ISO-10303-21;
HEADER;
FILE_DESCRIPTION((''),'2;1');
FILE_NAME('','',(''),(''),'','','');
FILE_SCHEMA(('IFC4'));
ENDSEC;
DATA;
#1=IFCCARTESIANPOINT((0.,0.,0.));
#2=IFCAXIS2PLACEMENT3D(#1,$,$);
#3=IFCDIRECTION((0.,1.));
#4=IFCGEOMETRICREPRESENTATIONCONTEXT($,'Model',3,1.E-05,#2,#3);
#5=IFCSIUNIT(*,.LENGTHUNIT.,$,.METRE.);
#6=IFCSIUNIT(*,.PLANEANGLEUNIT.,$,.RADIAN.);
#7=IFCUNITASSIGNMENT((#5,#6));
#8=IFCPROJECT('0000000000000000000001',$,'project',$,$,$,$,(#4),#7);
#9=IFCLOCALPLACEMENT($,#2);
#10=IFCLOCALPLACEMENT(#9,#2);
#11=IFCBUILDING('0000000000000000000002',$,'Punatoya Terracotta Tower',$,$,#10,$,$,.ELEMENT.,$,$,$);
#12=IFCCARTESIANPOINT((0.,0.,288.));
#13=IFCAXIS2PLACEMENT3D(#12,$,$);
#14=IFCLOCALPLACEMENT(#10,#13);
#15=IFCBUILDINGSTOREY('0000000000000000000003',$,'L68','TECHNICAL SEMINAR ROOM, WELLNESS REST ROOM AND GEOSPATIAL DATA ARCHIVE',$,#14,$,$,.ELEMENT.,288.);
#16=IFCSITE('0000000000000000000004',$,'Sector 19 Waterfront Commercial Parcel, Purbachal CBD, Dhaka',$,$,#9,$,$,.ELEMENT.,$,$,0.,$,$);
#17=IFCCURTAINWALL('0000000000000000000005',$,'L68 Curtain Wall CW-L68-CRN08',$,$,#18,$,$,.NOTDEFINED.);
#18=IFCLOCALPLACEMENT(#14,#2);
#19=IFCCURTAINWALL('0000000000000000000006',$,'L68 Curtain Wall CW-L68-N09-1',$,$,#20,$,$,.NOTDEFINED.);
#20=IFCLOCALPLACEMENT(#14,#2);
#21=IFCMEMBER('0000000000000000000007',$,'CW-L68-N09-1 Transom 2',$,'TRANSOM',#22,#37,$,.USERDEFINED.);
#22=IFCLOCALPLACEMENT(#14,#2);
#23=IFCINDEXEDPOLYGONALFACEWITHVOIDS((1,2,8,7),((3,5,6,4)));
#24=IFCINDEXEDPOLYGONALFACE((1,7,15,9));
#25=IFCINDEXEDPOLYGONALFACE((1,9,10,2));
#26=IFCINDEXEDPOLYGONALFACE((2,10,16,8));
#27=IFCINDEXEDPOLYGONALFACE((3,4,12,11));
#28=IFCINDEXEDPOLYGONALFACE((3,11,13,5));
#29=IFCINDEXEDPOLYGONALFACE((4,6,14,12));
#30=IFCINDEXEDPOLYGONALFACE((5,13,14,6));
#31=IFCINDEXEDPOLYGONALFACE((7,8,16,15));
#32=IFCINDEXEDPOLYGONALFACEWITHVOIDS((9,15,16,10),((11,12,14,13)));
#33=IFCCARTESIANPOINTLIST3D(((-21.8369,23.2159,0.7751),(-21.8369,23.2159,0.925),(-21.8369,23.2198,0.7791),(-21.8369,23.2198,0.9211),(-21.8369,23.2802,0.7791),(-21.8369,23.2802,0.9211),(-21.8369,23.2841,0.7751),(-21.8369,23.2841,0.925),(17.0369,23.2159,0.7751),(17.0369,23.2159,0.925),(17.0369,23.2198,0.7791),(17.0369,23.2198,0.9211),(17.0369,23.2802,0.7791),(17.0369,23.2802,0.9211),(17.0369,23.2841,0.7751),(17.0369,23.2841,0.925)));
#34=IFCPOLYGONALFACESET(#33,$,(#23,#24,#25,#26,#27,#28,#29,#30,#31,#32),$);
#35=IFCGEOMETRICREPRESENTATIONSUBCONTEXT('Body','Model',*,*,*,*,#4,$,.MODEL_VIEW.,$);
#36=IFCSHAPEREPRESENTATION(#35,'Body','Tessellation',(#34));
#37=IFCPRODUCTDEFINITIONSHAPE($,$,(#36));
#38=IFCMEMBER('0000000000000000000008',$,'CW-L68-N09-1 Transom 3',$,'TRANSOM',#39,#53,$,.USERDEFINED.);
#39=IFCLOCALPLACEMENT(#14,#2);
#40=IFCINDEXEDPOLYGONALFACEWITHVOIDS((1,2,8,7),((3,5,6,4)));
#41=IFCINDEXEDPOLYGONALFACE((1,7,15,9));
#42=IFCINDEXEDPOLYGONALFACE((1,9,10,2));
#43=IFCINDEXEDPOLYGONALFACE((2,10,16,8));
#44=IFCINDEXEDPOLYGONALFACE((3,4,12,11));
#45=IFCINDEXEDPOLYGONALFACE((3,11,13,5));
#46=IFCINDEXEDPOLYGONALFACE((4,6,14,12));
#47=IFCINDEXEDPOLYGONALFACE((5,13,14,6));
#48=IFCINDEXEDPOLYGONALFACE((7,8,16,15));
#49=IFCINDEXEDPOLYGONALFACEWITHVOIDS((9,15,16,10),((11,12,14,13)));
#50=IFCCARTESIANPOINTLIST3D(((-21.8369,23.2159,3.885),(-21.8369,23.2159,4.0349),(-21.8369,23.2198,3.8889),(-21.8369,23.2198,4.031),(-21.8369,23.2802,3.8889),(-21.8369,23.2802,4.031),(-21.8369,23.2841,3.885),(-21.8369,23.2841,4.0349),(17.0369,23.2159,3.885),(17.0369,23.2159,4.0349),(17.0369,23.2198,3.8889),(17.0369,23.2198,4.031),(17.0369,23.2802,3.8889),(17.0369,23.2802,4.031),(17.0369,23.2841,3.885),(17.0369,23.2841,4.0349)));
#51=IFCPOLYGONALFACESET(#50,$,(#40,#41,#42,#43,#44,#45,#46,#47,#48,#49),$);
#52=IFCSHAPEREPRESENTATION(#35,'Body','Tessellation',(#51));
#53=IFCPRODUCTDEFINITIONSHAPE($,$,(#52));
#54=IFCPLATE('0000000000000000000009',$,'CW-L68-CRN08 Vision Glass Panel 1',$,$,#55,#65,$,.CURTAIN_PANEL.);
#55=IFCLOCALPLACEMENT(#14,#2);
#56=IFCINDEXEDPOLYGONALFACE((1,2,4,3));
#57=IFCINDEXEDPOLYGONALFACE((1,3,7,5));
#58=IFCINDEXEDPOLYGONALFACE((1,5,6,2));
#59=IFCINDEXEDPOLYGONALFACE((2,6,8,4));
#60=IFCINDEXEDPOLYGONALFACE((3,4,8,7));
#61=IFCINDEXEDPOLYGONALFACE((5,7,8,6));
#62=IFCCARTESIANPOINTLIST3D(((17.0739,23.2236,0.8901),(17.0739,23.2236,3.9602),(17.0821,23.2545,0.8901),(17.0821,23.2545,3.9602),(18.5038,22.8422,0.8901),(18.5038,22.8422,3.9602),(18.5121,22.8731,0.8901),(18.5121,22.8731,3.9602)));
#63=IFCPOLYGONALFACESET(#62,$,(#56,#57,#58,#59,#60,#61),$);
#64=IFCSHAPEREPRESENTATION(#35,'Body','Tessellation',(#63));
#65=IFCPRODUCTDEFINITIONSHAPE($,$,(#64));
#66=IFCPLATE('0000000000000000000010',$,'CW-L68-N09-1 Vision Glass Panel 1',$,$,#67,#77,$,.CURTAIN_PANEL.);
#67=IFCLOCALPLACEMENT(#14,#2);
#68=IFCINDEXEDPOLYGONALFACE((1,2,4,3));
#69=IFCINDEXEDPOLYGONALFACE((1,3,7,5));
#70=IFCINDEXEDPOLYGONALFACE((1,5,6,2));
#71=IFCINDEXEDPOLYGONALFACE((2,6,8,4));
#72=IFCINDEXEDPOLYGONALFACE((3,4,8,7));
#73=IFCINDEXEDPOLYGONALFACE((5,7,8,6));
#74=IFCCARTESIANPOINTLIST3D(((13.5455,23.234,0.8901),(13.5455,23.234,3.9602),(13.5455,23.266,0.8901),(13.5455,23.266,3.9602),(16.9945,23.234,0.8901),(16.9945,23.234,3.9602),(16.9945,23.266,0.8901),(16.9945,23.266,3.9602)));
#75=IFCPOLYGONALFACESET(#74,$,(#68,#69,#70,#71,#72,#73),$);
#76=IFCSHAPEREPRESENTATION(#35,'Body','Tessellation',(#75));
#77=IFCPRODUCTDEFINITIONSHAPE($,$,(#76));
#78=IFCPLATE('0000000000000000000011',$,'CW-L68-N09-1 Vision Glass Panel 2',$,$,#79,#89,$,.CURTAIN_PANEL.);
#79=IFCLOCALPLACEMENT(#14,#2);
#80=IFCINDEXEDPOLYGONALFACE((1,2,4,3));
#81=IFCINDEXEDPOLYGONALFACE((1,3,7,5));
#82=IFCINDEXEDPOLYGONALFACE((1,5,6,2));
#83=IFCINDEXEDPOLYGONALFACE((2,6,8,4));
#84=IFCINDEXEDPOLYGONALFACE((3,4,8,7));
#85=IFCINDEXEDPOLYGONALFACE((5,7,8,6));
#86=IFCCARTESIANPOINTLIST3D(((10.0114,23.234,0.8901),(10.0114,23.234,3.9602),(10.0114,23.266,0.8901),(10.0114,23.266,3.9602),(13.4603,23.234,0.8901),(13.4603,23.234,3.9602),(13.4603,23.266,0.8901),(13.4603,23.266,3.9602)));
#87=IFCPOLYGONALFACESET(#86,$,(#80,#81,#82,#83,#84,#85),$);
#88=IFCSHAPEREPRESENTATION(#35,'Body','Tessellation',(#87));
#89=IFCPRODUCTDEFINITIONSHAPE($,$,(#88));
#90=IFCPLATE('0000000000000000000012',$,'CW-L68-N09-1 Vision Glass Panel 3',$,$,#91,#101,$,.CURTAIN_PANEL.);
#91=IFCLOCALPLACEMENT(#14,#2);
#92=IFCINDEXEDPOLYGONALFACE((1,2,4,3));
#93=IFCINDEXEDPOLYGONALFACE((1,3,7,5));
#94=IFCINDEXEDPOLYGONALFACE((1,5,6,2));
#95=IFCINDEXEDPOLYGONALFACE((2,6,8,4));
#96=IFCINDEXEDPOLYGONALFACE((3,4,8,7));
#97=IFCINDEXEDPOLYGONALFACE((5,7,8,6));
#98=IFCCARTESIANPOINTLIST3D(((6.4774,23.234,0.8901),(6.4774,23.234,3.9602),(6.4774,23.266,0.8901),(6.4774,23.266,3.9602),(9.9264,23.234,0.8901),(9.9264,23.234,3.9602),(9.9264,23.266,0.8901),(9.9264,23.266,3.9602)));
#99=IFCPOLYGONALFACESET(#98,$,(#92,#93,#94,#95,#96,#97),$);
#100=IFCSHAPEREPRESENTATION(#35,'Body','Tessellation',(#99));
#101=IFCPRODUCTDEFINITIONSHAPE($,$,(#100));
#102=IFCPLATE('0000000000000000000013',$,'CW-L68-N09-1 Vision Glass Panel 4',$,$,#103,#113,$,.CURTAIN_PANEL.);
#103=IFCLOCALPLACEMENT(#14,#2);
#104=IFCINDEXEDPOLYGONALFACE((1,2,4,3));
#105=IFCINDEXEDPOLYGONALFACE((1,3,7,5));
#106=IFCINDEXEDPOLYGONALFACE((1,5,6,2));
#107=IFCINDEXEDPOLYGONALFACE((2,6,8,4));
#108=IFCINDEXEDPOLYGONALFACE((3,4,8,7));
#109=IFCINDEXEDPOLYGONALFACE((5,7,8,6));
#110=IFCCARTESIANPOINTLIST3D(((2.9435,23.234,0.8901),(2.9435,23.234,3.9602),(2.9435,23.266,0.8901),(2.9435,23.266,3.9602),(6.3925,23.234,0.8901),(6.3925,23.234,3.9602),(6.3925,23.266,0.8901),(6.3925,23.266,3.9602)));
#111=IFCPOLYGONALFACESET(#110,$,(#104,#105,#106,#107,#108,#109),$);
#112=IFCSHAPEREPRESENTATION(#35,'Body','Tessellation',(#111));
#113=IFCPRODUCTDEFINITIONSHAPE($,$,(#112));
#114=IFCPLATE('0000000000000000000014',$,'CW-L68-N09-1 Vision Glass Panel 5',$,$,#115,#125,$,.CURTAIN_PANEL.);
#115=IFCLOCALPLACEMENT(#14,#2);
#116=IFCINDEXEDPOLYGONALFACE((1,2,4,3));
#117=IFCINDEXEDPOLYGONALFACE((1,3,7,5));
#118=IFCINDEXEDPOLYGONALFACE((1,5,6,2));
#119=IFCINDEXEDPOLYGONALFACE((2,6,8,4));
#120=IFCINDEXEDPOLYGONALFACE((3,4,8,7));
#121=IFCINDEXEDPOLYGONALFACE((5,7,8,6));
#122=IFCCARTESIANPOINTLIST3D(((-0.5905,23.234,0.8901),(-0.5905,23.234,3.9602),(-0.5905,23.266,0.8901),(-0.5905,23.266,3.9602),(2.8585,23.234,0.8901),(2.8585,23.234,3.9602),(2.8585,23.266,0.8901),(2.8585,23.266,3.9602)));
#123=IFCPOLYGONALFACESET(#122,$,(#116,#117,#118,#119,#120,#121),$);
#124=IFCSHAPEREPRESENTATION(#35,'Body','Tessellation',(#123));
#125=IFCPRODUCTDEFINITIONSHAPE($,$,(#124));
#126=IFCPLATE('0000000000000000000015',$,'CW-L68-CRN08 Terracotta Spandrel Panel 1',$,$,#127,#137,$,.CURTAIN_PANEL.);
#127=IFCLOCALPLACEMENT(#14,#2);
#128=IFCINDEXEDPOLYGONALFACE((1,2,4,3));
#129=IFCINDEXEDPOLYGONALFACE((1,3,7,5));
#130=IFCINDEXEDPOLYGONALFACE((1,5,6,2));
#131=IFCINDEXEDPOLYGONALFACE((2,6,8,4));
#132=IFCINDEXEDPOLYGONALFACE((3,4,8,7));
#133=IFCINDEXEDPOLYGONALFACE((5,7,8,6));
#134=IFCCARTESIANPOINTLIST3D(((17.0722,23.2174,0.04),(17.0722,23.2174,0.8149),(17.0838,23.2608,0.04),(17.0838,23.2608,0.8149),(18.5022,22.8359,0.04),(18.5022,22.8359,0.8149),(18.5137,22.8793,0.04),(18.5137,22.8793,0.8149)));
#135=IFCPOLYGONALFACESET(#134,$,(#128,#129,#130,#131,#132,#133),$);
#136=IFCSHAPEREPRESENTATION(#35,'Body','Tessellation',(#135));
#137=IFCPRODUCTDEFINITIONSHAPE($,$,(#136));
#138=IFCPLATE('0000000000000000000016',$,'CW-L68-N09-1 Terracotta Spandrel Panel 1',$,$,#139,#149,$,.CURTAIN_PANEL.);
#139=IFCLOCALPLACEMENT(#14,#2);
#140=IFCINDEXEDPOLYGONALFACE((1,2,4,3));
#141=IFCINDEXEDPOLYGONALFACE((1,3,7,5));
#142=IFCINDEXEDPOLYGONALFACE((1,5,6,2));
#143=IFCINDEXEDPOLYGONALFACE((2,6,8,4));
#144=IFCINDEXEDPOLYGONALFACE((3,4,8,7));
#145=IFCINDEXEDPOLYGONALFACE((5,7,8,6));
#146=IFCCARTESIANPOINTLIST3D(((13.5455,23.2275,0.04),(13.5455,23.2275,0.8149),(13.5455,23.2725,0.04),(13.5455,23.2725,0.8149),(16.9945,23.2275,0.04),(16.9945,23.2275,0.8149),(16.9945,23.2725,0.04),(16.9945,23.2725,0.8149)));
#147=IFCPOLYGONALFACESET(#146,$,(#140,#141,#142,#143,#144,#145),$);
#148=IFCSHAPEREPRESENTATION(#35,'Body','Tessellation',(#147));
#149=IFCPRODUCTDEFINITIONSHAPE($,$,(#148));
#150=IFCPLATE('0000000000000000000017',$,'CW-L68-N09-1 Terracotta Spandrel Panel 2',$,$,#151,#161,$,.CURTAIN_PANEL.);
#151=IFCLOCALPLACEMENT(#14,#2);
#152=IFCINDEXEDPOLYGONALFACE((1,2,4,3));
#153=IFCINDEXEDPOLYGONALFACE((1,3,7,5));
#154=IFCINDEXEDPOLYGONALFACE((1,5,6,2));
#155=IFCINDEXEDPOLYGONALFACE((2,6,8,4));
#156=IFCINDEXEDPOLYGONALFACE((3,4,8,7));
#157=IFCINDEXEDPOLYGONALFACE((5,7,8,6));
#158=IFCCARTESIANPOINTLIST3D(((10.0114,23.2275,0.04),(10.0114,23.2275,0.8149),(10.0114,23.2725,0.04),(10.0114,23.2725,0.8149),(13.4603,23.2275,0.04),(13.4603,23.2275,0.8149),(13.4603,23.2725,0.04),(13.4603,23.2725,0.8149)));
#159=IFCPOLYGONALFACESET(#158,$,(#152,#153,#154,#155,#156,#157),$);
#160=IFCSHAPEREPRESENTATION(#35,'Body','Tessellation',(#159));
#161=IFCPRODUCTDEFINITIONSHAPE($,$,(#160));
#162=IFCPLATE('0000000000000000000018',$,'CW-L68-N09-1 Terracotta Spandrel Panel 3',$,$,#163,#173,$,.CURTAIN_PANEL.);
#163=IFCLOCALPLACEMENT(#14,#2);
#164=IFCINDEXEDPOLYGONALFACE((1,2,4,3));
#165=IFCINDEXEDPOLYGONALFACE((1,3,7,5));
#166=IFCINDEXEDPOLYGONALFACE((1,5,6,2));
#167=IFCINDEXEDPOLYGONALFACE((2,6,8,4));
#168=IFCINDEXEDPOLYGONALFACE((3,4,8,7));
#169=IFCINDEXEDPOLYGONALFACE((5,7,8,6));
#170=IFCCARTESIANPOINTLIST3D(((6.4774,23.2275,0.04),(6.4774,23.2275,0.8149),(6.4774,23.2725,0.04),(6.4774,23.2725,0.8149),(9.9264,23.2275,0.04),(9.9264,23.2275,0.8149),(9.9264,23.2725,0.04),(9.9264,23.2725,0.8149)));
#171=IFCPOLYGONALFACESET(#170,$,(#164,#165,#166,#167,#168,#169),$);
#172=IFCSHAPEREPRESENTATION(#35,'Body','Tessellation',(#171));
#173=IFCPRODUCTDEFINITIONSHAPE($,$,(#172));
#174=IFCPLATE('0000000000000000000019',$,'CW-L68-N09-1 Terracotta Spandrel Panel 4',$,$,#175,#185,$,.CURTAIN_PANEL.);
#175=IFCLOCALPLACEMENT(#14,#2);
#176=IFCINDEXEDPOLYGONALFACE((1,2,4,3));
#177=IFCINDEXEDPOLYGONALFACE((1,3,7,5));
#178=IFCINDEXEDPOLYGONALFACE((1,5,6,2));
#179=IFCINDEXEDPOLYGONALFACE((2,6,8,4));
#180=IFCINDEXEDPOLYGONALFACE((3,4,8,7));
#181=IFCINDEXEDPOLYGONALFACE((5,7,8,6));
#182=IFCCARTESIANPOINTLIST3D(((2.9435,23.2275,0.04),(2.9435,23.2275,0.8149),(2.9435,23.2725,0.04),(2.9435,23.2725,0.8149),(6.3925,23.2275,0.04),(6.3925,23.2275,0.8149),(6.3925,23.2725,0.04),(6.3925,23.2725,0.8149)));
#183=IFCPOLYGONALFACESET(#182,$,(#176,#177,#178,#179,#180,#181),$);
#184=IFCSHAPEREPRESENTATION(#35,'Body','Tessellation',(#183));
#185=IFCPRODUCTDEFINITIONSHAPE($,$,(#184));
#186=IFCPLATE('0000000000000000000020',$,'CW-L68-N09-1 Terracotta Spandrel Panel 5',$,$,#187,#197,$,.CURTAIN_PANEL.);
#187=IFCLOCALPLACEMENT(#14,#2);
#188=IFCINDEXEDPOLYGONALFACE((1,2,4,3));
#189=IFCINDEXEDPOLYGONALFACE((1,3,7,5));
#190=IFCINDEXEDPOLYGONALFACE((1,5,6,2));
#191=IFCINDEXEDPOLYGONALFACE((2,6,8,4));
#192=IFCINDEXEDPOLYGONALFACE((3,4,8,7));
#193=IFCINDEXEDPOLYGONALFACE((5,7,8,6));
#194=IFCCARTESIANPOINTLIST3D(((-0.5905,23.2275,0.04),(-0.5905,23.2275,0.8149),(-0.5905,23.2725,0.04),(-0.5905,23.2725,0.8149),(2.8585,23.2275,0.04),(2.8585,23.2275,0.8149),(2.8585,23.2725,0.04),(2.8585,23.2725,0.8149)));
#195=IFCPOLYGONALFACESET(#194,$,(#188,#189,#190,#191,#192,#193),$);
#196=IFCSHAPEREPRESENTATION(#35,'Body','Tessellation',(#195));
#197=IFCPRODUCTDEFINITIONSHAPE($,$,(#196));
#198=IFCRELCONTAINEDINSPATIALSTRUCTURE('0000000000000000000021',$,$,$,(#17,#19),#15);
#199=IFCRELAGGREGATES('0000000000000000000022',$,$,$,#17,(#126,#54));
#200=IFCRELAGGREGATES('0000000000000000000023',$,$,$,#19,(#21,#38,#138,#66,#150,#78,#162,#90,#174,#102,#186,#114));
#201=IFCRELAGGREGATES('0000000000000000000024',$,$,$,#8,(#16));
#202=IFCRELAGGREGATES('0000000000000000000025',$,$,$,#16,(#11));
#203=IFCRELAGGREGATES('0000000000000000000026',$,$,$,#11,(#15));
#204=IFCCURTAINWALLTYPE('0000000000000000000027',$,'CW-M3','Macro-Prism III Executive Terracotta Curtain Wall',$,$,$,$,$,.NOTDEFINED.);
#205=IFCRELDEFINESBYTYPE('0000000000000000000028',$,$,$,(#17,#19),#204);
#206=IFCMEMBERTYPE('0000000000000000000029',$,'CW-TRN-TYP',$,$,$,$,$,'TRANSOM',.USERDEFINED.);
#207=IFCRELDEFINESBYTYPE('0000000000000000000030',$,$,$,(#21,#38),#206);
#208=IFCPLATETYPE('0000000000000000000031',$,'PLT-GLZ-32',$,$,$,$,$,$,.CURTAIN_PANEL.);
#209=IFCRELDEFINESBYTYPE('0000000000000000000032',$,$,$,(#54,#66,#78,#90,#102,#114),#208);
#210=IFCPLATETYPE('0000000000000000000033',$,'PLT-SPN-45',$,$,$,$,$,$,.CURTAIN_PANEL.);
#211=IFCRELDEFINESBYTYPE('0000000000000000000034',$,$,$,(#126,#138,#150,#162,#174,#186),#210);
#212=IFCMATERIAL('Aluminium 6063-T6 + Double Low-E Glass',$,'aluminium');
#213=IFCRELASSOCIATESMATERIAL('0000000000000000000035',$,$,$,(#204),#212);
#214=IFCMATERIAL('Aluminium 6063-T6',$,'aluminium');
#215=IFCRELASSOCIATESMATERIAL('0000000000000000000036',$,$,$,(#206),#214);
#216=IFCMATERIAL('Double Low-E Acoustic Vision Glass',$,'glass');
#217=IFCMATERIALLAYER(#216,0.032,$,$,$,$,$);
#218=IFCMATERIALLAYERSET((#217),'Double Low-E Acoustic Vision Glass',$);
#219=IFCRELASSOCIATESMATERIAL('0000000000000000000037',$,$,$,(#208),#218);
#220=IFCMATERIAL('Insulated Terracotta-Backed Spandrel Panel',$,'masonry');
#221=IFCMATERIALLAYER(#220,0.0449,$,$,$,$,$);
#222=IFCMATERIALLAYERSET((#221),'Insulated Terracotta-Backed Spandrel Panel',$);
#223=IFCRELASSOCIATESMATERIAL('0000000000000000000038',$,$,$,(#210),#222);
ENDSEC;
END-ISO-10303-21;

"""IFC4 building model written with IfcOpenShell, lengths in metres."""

from ifc_helpers import new_model, si_unit, direction, frame, origin, origin_2d, place, context, subcontext, project, spatial, rectangle, hollow_rectangle, extrude, material, layer, layer_set, material_profile, profile_set, type_object, element, aggregate, save


model = new_model("IFC4")

# Units and contexts
model_context = context("Model", 3, precision=1e-05, world=origin(), true_north=direction((0.0, 1.0)))
body_context = subcontext(model_context, "Body", "Model", "MODEL_VIEW")
ifc_project = project(units=[si_unit("LENGTHUNIT", "METRE"), si_unit("PLANEANGLEUNIT", "RADIAN")], contexts=[model_context])

# Site, building, storey
site_placement = place(None, origin())
site = spatial("IfcSite", under=ifc_project, at=site_placement, Name="Sector 19 Waterfront Commercial Parcel, Purbachal CBD, Dhaka", CompositionType="ELEMENT", RefElevation=0.0)
building_placement = place(site_placement, origin())
building = spatial("IfcBuilding", under=site, at=building_placement, Name="Punatoya Terracotta Tower", CompositionType="ELEMENT")
storey_placement = place(building_placement, frame((0.0, 0.0, 288.0)))
storey = spatial("IfcBuildingStorey", under=building, at=storey_placement, Name="L68", Description="TECHNICAL SEMINAR ROOM, WELLNESS REST ROOM AND GEOSPATIAL DATA ARCHIVE", CompositionType="ELEMENT", Elevation=288.0)

# Curtain wall
ifc_material_1 = material(Name="Aluminium 6063-T6 + Double Low-E Glass", Category="aluminium")
curtain_wall_type = type_object("IfcCurtainWallType", Name="CW-M3", Description="Macro-Prism III Executive Terracotta Curtain Wall", PredefinedType="NOTDEFINED", material=ifc_material_1)
curtain_wall_1_placement = place(storey_placement, origin())
curtain_wall_1 = element("IfcCurtainWall", 1, at=curtain_wall_1_placement, inside=storey, type_object=curtain_wall_type, Name="L68 Curtain Wall CW-L68-CRN08", PredefinedType="NOTDEFINED")
ifc_material_2 = material(Name="Aluminium 6063-T6", Category="aluminium")

# Curtain wall, members
curtain_wall_2_placement = place(storey_placement, origin())
curtain_wall_2 = element("IfcCurtainWall", 2, at=curtain_wall_2_placement, inside=storey, type_object=curtain_wall_type, Name="L68 Curtain Wall CW-L68-N09-1", PredefinedType="NOTDEFINED")
ifc_material_profile_1 = material_profile(ifc_material_2, hollow_rectangle(XDim=0.0681, YDim=0.1499, WallThickness=0.0039, at=origin_2d()))
ifc_profile_set_1 = profile_set([ifc_material_profile_1], Name="Aluminium 6063-T6")
member_type_1 = type_object("IfcMemberType", Name="CW-TRN-TYP", ElementType="TRANSOM", PredefinedType="USERDEFINED", material=ifc_profile_set_1)
member_1_placement = place(storey_placement, frame((17.0369, 23.25, 0.8501), z_axis=(-1.0, 0.0, 0.0), x_axis=(0.0, -1.0, 0.0)))
member_1 = element("IfcMember", 3, at=member_1_placement, type_object=member_type_1, Name="CW-L68-N09-1 Transom 2", ObjectType="TRANSOM", PredefinedType="USERDEFINED", context=body_context, shape_type="SweptSolid", body=[
    extrude(hollow_rectangle(XDim=0.0681, YDim=0.1499, WallThickness=0.0039, at=origin_2d()), origin(), (0.0, 0.0, 1.0), 38.8738),
])
member_2_placement = place(storey_placement, frame((17.0369, 23.25, 3.96), z_axis=(-1.0, 0.0, 0.0), x_axis=(0.0, -1.0, 0.0)))
member_2 = element("IfcMember", 4, at=member_2_placement, type_object=member_type_1, Name="CW-L68-N09-1 Transom 3", ObjectType="TRANSOM", PredefinedType="USERDEFINED", context=body_context, shape_type="SweptSolid", body=[
    extrude(hollow_rectangle(XDim=0.0681, YDim=0.1499, WallThickness=0.0039, at=origin_2d()), origin(), (0.0, 0.0, 1.0), 38.8738),
])

# Plates
ifc_material_3 = material(Name="Double Low-E Acoustic Vision Glass", Category="glass")
ifc_layer_1 = layer(ifc_material_3, 0.032)
ifc_layer_set_1 = layer_set([ifc_layer_1], Name="Double Low-E Acoustic Vision Glass")
plate_type_1 = type_object("IfcPlateType", Name="PLT-GLZ-32", PredefinedType="CURTAIN_PANEL", material=ifc_layer_set_1)
plate_1_placement = place(storey_placement, frame((17.793, 23.0483, 0.8901), z_axis=(0.0, 0.0, 1.0), x_axis=(-0.966214, 0.257742, 0.0)))
plate_1 = element("IfcPlate", 5, at=plate_1_placement, type_object=plate_type_1, Name="CW-L68-CRN08 Vision Glass Panel 1", PredefinedType="CURTAIN_PANEL", context=body_context, shape_type="SweptSolid", body=[
    extrude(rectangle(XDim=1.48, YDim=0.032, at=origin_2d()), origin(), (0.0, 0.0, 1.0), 3.0701),
])
plate_2_placement = place(storey_placement, frame((15.27, 23.25, 0.8901), z_axis=(0.0, 0.0, 1.0), x_axis=(-1.0, 0.0, 0.0)))
plate_2 = element("IfcPlate", 6, at=plate_2_placement, type_object=plate_type_1, Name="CW-L68-N09-1 Vision Glass Panel 1", PredefinedType="CURTAIN_PANEL", context=body_context, shape_type="SweptSolid", body=[
    extrude(rectangle(XDim=3.449, YDim=0.032, at=origin_2d()), origin(), (0.0, 0.0, 1.0), 3.0701),
])
plate_3_placement = place(storey_placement, frame((11.7358, 23.25, 0.8901), z_axis=(0.0, 0.0, 1.0), x_axis=(-1.0, 0.0, 0.0)))
plate_3 = element("IfcPlate", 7, at=plate_3_placement, type_object=plate_type_1, Name="CW-L68-N09-1 Vision Glass Panel 2", PredefinedType="CURTAIN_PANEL", context=body_context, shape_type="SweptSolid", body=[
    extrude(rectangle(XDim=3.449, YDim=0.032, at=origin_2d()), origin(), (0.0, 0.0, 1.0), 3.0701),
])
plate_4_placement = place(storey_placement, frame((8.2019, 23.25, 0.8901), z_axis=(0.0, 0.0, 1.0), x_axis=(-1.0, 0.0, 0.0)))
plate_4 = element("IfcPlate", 8, at=plate_4_placement, type_object=plate_type_1, Name="CW-L68-N09-1 Vision Glass Panel 3", PredefinedType="CURTAIN_PANEL", context=body_context, shape_type="SweptSolid", body=[
    extrude(rectangle(XDim=3.449, YDim=0.032, at=origin_2d()), origin(), (0.0, 0.0, 1.0), 3.0701),
])
plate_5_placement = place(storey_placement, frame((4.668, 23.25, 0.8901), z_axis=(0.0, 0.0, 1.0), x_axis=(-1.0, 0.0, 0.0)))
plate_5 = element("IfcPlate", 9, at=plate_5_placement, type_object=plate_type_1, Name="CW-L68-N09-1 Vision Glass Panel 4", PredefinedType="CURTAIN_PANEL", context=body_context, shape_type="SweptSolid", body=[
    extrude(rectangle(XDim=3.449, YDim=0.032, at=origin_2d()), origin(), (0.0, 0.0, 1.0), 3.0701),
])
plate_6_placement = place(storey_placement, frame((1.134, 23.25, 0.8901), z_axis=(0.0, 0.0, 1.0), x_axis=(-1.0, 0.0, 0.0)))
plate_6 = element("IfcPlate", 10, at=plate_6_placement, type_object=plate_type_1, Name="CW-L68-N09-1 Vision Glass Panel 5", PredefinedType="CURTAIN_PANEL", context=body_context, shape_type="SweptSolid", body=[
    extrude(rectangle(XDim=3.449, YDim=0.032, at=origin_2d()), origin(), (0.0, 0.0, 1.0), 3.0701),
])
ifc_material_4 = material(Name="Insulated Terracotta-Backed Spandrel Panel", Category="masonry")
ifc_layer_2 = layer(ifc_material_4, 0.0449)
ifc_layer_set_2 = layer_set([ifc_layer_2], Name="Insulated Terracotta-Backed Spandrel Panel")
plate_type_2 = type_object("IfcPlateType", Name="PLT-SPN-45", PredefinedType="CURTAIN_PANEL", material=ifc_layer_set_2)
plate_7_placement = place(storey_placement, frame((17.793, 23.0483, 0.04), z_axis=(0.0, 0.0, 1.0), x_axis=(-0.966214, 0.257742, 0.0)))
plate_7 = element("IfcPlate", 11, at=plate_7_placement, type_object=plate_type_2, Name="CW-L68-CRN08 Terracotta Spandrel Panel 1", PredefinedType="CURTAIN_PANEL", context=body_context, shape_type="SweptSolid", body=[
    extrude(rectangle(XDim=1.48, YDim=0.0449, at=origin_2d()), origin(), (0.0, 0.0, 1.0), 0.7749),
])
aggregate(curtain_wall_1, [plate_7, plate_1])
plate_8_placement = place(storey_placement, frame((15.27, 23.25, 0.04), z_axis=(0.0, 0.0, 1.0), x_axis=(-1.0, 0.0, 0.0)))
plate_8 = element("IfcPlate", 12, at=plate_8_placement, type_object=plate_type_2, Name="CW-L68-N09-1 Terracotta Spandrel Panel 1", PredefinedType="CURTAIN_PANEL", context=body_context, shape_type="SweptSolid", body=[
    extrude(rectangle(XDim=3.449, YDim=0.0449, at=origin_2d()), origin(), (0.0, 0.0, 1.0), 0.7749),
])
plate_9_placement = place(storey_placement, frame((11.7358, 23.25, 0.04), z_axis=(0.0, 0.0, 1.0), x_axis=(-1.0, 0.0, 0.0)))
plate_9 = element("IfcPlate", 13, at=plate_9_placement, type_object=plate_type_2, Name="CW-L68-N09-1 Terracotta Spandrel Panel 2", PredefinedType="CURTAIN_PANEL", context=body_context, shape_type="SweptSolid", body=[
    extrude(rectangle(XDim=3.449, YDim=0.0449, at=origin_2d()), origin(), (0.0, 0.0, 1.0), 0.7749),
])
plate_10_placement = place(storey_placement, frame((8.2019, 23.25, 0.04), z_axis=(0.0, 0.0, 1.0), x_axis=(-1.0, 0.0, 0.0)))
plate_10 = element("IfcPlate", 14, at=plate_10_placement, type_object=plate_type_2, Name="CW-L68-N09-1 Terracotta Spandrel Panel 3", PredefinedType="CURTAIN_PANEL", context=body_context, shape_type="SweptSolid", body=[
    extrude(rectangle(XDim=3.449, YDim=0.0449, at=origin_2d()), origin(), (0.0, 0.0, 1.0), 0.7749),
])
plate_11_placement = place(storey_placement, frame((4.668, 23.25, 0.04), z_axis=(0.0, 0.0, 1.0), x_axis=(-1.0, 0.0, 0.0)))
plate_11 = element("IfcPlate", 15, at=plate_11_placement, type_object=plate_type_2, Name="CW-L68-N09-1 Terracotta Spandrel Panel 4", PredefinedType="CURTAIN_PANEL", context=body_context, shape_type="SweptSolid", body=[
    extrude(rectangle(XDim=3.449, YDim=0.0449, at=origin_2d()), origin(), (0.0, 0.0, 1.0), 0.7749),
])
plate_12_placement = place(storey_placement, frame((1.134, 23.25, 0.04), z_axis=(0.0, 0.0, 1.0), x_axis=(-1.0, 0.0, 0.0)))
plate_12 = element("IfcPlate", 16, at=plate_12_placement, type_object=plate_type_2, Name="CW-L68-N09-1 Terracotta Spandrel Panel 5", PredefinedType="CURTAIN_PANEL", context=body_context, shape_type="SweptSolid", body=[
    extrude(rectangle(XDim=3.449, YDim=0.0449, at=origin_2d()), origin(), (0.0, 0.0, 1.0), 0.7749),
])
aggregate(curtain_wall_2, [member_1, member_2, plate_8, plate_2, plate_9, plate_3, plate_10, plate_4, plate_11, plate_5, plate_12, plate_6])

save(model, "model.ifc")
